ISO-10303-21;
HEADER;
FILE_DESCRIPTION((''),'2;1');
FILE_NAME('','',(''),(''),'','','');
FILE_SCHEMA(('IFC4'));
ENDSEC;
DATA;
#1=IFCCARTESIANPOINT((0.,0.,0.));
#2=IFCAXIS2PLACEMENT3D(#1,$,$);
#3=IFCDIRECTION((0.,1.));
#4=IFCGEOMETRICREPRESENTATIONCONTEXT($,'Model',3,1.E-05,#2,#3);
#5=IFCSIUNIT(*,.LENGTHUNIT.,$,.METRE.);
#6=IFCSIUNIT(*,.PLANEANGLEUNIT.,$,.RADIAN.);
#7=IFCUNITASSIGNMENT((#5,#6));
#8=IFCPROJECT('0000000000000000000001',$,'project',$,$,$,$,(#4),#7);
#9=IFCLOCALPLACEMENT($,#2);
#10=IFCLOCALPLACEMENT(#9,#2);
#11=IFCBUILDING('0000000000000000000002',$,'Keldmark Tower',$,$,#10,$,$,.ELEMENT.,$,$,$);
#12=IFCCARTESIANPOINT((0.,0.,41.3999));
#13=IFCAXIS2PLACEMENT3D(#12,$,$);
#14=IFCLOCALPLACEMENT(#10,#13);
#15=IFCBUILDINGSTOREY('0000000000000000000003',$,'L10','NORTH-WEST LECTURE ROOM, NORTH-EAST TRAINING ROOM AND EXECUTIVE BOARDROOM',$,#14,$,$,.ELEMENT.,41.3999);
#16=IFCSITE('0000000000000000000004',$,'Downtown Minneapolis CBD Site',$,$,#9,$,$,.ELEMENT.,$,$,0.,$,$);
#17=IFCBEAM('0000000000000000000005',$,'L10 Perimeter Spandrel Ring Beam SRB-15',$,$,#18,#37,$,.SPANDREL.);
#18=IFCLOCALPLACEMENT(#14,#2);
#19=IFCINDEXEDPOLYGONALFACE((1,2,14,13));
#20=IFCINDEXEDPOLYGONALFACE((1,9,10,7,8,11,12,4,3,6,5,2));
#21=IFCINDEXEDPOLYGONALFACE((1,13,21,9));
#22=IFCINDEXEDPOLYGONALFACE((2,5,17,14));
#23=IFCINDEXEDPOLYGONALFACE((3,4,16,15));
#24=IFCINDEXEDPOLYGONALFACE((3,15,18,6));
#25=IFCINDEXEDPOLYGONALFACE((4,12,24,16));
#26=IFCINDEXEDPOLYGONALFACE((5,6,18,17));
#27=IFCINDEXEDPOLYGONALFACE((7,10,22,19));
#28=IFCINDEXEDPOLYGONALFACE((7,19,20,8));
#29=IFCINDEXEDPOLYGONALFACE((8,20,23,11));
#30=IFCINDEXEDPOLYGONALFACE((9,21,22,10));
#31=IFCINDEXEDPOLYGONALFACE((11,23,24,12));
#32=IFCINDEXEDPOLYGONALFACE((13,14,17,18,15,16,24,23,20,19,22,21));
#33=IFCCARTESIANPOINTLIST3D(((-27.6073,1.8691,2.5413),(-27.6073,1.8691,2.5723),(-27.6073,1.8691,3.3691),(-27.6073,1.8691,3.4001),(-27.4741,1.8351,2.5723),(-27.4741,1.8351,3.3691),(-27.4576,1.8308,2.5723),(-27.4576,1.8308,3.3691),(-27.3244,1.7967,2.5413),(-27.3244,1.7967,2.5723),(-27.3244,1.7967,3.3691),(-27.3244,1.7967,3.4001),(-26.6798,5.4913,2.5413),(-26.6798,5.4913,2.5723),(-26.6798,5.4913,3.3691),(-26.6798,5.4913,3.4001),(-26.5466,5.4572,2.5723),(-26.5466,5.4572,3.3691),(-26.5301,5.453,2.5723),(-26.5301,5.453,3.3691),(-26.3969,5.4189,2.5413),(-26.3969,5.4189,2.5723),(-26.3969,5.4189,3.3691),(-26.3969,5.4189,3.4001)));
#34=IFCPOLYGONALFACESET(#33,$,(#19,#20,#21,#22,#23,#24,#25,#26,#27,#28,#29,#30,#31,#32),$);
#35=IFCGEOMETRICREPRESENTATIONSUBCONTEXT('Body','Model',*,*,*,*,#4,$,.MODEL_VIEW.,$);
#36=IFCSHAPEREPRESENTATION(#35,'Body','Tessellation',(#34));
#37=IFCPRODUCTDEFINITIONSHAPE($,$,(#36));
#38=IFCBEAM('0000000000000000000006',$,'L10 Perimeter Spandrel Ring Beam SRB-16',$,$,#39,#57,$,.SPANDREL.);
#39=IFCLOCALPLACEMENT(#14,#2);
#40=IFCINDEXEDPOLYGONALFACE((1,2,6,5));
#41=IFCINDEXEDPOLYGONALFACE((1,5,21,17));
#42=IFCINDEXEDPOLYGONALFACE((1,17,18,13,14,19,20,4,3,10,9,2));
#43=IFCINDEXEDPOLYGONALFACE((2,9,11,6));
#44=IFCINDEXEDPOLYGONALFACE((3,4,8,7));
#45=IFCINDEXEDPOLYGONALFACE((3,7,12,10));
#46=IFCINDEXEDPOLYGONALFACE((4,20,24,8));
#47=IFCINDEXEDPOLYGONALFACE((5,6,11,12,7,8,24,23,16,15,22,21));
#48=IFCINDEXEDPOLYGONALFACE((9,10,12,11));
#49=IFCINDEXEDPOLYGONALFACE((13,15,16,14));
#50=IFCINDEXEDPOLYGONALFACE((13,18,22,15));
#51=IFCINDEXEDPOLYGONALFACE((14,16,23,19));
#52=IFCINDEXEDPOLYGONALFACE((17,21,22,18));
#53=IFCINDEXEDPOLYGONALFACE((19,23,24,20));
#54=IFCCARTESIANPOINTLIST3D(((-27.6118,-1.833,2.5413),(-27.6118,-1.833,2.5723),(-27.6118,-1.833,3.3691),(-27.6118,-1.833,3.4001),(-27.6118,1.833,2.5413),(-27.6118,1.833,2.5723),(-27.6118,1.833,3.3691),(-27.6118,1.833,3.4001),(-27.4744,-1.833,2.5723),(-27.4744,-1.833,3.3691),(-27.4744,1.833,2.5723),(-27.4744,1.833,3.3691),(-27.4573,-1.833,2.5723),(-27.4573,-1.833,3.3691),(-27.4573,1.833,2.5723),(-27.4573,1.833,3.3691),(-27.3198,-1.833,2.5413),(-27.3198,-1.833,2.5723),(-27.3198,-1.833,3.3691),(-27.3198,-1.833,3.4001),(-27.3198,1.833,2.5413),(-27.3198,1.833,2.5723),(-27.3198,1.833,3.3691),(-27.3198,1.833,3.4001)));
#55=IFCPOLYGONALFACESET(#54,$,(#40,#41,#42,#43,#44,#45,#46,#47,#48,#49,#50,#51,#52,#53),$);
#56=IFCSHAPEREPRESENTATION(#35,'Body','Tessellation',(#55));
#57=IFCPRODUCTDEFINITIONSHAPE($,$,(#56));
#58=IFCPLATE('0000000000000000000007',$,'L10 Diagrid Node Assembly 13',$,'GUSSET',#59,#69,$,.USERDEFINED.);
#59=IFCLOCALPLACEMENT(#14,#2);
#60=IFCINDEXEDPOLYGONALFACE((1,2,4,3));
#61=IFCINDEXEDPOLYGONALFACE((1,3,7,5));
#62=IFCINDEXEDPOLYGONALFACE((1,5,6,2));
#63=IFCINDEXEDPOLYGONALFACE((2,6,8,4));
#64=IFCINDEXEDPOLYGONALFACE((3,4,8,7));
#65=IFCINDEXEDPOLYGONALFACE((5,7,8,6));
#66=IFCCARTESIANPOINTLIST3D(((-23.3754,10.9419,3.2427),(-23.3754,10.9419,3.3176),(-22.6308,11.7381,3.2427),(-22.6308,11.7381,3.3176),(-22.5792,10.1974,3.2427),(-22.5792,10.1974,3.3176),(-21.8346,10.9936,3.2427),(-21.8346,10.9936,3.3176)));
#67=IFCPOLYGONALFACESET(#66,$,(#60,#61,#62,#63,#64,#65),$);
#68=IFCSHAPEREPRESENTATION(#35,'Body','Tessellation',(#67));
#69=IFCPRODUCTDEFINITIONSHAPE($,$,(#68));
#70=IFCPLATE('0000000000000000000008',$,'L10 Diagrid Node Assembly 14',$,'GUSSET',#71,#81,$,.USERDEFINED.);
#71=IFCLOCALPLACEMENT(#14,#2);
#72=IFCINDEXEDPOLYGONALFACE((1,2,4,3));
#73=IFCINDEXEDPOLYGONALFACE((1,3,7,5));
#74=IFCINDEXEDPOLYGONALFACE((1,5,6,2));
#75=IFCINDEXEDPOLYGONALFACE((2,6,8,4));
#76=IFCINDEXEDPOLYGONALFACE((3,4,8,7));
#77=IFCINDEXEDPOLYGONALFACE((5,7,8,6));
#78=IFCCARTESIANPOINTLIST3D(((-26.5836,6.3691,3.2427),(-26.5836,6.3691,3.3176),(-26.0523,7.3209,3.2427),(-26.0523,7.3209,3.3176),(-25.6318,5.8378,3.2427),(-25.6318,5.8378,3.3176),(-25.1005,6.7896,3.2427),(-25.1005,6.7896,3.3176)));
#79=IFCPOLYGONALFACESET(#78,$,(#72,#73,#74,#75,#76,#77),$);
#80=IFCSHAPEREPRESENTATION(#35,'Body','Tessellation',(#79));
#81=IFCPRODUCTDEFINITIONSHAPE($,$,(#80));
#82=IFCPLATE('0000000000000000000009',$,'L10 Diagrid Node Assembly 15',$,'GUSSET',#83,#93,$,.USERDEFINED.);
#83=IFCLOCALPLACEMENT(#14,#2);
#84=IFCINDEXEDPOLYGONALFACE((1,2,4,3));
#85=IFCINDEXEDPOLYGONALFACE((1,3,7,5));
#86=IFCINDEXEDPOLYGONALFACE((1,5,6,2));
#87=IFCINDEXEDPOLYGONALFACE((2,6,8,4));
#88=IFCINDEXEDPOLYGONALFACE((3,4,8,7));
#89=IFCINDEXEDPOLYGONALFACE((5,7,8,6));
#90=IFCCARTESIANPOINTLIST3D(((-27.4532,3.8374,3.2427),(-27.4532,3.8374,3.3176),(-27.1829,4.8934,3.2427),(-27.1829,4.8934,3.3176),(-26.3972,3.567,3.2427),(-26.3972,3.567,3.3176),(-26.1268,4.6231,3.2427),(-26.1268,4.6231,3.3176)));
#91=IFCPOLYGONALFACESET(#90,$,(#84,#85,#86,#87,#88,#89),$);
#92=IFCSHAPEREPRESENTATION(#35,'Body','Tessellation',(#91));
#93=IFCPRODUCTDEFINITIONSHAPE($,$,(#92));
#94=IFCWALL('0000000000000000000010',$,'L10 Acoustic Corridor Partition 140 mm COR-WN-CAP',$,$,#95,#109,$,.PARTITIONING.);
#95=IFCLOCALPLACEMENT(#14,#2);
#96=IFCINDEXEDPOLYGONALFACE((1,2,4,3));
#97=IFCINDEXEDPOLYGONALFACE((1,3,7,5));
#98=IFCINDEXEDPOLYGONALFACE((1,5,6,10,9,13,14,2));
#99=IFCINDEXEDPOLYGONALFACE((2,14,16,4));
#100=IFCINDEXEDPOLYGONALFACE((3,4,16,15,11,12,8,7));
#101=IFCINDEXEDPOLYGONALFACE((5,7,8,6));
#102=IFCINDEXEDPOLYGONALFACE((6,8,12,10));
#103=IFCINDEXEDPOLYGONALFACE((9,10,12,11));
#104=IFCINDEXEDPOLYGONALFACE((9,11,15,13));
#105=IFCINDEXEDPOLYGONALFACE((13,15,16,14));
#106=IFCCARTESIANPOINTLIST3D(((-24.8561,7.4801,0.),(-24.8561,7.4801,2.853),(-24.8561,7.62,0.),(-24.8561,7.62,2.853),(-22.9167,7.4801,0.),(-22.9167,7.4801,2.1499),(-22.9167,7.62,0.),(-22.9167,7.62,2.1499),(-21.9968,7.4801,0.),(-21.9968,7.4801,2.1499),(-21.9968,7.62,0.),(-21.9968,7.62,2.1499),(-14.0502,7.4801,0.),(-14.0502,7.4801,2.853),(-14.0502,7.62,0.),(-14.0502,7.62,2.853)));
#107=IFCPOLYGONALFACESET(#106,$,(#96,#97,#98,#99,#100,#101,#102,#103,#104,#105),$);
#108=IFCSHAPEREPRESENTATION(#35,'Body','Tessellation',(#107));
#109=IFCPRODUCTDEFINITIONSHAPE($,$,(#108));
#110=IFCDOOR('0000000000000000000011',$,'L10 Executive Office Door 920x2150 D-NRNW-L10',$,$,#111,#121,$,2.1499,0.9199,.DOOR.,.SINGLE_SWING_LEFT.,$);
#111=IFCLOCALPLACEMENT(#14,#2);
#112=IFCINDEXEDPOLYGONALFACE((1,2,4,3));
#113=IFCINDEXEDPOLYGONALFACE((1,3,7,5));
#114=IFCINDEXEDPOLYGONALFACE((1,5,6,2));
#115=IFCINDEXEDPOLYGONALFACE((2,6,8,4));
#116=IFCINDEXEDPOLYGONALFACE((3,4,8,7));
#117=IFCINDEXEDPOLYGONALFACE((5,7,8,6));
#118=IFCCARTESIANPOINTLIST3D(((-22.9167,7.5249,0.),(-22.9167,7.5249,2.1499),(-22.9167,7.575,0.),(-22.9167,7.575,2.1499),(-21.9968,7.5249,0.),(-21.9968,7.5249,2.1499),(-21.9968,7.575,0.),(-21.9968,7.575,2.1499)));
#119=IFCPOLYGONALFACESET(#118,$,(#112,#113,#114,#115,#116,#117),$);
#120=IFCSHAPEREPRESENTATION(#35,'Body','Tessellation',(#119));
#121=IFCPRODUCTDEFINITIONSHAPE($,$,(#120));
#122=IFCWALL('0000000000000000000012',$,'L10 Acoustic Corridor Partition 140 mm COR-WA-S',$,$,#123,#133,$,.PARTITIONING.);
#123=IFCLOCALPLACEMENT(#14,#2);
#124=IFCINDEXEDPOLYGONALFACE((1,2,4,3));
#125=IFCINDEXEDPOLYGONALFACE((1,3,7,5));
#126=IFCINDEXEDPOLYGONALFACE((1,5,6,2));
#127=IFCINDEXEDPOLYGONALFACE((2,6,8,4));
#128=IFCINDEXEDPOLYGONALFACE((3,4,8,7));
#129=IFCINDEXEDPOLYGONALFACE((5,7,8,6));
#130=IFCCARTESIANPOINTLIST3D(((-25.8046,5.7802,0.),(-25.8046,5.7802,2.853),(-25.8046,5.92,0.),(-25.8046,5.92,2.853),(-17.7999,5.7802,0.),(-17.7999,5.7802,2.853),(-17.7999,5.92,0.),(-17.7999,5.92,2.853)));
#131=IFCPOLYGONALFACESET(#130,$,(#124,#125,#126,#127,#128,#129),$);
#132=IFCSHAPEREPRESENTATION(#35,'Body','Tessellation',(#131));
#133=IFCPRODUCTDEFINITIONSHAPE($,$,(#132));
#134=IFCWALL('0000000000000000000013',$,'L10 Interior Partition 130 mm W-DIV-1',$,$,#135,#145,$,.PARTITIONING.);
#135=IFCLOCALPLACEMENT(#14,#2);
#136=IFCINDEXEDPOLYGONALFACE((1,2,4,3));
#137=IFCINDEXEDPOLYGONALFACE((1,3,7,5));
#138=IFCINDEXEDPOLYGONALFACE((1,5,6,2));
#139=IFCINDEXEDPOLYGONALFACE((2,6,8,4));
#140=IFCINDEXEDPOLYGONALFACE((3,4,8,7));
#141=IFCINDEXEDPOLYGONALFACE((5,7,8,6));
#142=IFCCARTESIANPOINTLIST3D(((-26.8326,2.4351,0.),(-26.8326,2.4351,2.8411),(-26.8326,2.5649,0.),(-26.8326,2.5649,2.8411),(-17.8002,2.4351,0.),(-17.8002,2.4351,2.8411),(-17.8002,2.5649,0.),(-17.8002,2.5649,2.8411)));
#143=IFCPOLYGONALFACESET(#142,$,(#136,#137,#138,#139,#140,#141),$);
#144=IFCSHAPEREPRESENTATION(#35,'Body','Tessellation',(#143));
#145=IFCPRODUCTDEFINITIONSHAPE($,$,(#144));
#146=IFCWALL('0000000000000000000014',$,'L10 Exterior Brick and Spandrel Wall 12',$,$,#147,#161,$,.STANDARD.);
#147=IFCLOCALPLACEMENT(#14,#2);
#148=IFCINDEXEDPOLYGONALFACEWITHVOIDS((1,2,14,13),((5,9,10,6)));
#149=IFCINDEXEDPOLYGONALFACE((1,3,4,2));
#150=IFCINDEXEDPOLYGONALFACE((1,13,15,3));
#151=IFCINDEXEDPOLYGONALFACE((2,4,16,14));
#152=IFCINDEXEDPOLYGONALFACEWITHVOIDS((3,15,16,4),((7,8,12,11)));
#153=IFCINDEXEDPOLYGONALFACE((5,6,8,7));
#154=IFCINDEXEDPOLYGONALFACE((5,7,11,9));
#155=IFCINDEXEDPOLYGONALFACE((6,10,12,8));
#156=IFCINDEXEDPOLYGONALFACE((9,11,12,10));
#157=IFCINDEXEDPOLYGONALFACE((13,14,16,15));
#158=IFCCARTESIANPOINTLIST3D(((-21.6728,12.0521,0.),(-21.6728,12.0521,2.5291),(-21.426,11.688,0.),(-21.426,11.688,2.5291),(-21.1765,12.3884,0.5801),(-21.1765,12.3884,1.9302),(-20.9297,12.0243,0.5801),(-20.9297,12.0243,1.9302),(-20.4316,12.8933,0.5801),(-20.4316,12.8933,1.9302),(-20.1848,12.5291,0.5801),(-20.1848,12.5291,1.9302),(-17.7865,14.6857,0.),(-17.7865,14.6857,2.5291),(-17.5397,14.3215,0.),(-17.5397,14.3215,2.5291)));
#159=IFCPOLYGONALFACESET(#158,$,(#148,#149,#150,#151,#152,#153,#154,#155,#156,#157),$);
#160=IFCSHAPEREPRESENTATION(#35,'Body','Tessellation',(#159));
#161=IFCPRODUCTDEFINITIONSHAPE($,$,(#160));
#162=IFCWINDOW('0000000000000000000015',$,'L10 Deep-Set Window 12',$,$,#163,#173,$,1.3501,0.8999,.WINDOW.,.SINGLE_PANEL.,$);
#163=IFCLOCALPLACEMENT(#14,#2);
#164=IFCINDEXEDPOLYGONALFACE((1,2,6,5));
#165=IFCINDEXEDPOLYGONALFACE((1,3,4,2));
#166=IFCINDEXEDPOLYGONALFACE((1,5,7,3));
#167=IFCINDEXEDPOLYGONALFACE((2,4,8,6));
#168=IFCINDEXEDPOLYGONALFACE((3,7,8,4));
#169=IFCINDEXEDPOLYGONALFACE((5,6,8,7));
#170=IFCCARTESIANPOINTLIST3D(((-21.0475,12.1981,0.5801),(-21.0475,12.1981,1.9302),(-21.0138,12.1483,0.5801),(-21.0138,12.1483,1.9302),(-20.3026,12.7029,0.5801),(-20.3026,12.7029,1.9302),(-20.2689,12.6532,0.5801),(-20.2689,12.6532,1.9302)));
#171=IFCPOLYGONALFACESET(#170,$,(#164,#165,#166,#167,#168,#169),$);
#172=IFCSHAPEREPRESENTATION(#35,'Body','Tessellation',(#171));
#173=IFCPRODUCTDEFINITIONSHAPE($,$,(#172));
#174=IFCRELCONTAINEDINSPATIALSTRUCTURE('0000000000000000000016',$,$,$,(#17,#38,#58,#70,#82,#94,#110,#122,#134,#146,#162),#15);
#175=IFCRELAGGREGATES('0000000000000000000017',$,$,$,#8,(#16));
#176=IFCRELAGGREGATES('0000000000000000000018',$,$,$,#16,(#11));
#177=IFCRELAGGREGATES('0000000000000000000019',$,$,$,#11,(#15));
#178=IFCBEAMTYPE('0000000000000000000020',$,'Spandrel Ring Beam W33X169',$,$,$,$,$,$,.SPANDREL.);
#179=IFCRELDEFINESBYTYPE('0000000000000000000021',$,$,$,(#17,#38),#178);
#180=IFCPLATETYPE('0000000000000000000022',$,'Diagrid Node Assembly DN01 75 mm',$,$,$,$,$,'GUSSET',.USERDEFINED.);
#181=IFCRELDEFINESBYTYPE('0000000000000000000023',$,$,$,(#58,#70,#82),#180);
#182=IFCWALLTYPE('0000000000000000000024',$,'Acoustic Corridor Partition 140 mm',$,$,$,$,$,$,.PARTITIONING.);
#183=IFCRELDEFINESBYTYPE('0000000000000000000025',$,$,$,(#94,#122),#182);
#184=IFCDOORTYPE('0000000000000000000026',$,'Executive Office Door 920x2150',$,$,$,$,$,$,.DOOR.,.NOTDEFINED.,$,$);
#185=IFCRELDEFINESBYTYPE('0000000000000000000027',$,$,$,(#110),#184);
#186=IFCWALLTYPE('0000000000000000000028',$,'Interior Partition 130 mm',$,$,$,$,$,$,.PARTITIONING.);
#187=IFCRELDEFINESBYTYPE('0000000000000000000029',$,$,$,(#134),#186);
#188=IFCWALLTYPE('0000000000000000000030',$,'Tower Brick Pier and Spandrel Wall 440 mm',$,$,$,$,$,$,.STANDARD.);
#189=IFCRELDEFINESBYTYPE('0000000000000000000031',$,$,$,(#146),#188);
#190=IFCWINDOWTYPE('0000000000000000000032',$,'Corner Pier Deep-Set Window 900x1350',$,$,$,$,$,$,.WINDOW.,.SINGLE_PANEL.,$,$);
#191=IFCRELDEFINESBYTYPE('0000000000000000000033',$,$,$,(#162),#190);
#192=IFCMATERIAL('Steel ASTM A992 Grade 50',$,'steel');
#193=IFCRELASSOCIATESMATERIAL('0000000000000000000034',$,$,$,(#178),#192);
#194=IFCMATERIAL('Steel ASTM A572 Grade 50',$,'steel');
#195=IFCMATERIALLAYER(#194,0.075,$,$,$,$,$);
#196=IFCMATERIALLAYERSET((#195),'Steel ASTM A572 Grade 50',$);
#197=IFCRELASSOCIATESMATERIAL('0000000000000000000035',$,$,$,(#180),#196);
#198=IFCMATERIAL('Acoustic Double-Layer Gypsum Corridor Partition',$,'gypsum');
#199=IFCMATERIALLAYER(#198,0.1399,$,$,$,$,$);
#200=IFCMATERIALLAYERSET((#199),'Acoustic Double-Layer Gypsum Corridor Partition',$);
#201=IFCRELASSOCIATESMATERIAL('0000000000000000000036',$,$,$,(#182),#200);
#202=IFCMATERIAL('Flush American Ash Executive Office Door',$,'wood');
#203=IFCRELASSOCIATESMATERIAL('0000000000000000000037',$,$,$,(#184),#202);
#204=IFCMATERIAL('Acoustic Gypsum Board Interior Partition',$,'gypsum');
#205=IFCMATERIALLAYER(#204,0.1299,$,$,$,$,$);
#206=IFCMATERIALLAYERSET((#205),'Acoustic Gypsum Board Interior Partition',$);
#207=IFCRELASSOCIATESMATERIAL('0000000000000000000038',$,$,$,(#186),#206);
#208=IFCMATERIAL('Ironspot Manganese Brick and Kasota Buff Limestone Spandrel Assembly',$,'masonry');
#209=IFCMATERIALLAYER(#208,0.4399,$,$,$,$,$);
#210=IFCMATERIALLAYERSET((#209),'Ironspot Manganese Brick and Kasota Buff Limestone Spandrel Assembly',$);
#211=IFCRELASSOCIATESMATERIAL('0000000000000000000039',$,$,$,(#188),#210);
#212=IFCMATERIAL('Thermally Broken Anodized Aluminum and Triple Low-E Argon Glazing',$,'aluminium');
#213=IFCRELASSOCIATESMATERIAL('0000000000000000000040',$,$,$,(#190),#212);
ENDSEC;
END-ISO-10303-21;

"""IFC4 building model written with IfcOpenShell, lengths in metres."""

from ifc_helpers import new_model, si_unit, direction, frame, frame_2d, origin, origin_2d, place, context, subcontext, project, spatial, rectangle, i_section, extrude, material, layer, layer_set, material_profile, profile_set, type_object, element, fill, save


model = new_model("IFC4")

# Units and contexts
model_context = context("Model", 3, precision=1e-05, world=origin(), true_north=direction((0.0, 1.0)))
body_context = subcontext(model_context, "Body", "Model", "MODEL_VIEW")
ifc_project = project(units=[si_unit("LENGTHUNIT", "METRE"), si_unit("PLANEANGLEUNIT", "RADIAN")], contexts=[model_context])

# Site, building, storey
site_placement = place(None, origin())
site = spatial("IfcSite", under=ifc_project, at=site_placement, Name="Downtown Minneapolis CBD Site", CompositionType="ELEMENT", RefElevation=0.0)
building_placement = place(site_placement, origin())
building = spatial("IfcBuilding", under=site, at=building_placement, Name="Keldmark Tower", CompositionType="ELEMENT")
storey_placement = place(building_placement, frame((0.0, 0.0, 41.3999)))
storey = spatial("IfcBuildingStorey", under=building, at=storey_placement, Name="L10", Description="NORTH-WEST LECTURE ROOM, NORTH-EAST TRAINING ROOM AND EXECUTIVE BOARDROOM", CompositionType="ELEMENT", Elevation=41.3999)

# Beams
ifc_material_1 = material(Name="Steel ASTM A992 Grade 50", Category="steel")
ifc_material_profile_1 = material_profile(ifc_material_1, i_section(OverallWidth=0.292, OverallDepth=0.8589, WebThickness=0.0171, FlangeThickness=0.031, at=origin_2d()), Name="W33X169")
ifc_profile_set_1 = profile_set([ifc_material_profile_1], Name="Steel ASTM A992 Grade 50")
beam_type_1 = type_object("IfcBeamType", Name="Spandrel Ring Beam W33X169", PredefinedType="SPANDREL", material=ifc_profile_set_1)
beam_1_placement = place(storey_placement, frame((-26.5383, 5.4551, 2.9707), z_axis=(-0.248063, -0.968744, 0.0), x_axis=(0.968744, -0.248063, 0.0)))
element("IfcBeam", 1, at=beam_1_placement, inside=storey, type_object=beam_type_1, Name="L10 Perimeter Spandrel Ring Beam SRB-15", PredefinedType="SPANDREL", context=body_context, shape_type="SweptSolid", body=[
    extrude(i_section(OverallWidth=0.292, OverallDepth=0.8589, WebThickness=0.0171, FlangeThickness=0.031, at=origin_2d()), origin(), (0.0, 0.0, 1.0), 3.739),
])
beam_2_placement = place(storey_placement, frame((-27.4658, 1.833, 2.9707), z_axis=(0.0, -1.0, 0.0), x_axis=(1.0, 0.0, 0.0)))
element("IfcBeam", 2, at=beam_2_placement, inside=storey, type_object=beam_type_1, Name="L10 Perimeter Spandrel Ring Beam SRB-16", PredefinedType="SPANDREL", context=body_context, shape_type="SweptSolid", body=[
    extrude(i_section(OverallWidth=0.292, OverallDepth=0.8589, WebThickness=0.0171, FlangeThickness=0.031, at=origin_2d()), origin(), (0.0, 0.0, 1.0), 3.666),
])

# Plates
ifc_material_2 = material(Name="Steel ASTM A572 Grade 50", Category="steel")
ifc_layer_1 = layer(ifc_material_2, 0.075)
ifc_layer_set_1 = layer_set([ifc_layer_1], Name="Steel ASTM A572 Grade 50")
plate_type = type_object("IfcPlateType", Name="Diagrid Node Assembly DN01 75 mm", ElementType="GUSSET", PredefinedType="USERDEFINED", material=ifc_layer_set_1)
for number, where, z_axis, x_axis, name in (
    (3, (-22.605, 10.9678, 3.2427), (0.0, 0.0, 1.0), (-0.683019, -0.730401, 0.0), "L10 Diagrid Node Assembly 13"),
    (4, (-25.842, 6.5793, 3.2427), (0.0, 0.0, 1.0), (-0.487403, -0.873177, 0.0), "L10 Diagrid Node Assembly 14"),
    (5, (-26.79, 4.2302, 3.2427), (0.0, 0.0, 1.0), (-0.248014, -0.968757, 0.0), "L10 Diagrid Node Assembly 15"),
):
    element("IfcPlate", number, at=place(storey_placement, frame(where, z_axis=z_axis, x_axis=x_axis)), inside=storey, type_object=plate_type, Name=name, ObjectType="GUSSET", PredefinedType="USERDEFINED", context=body_context, shape_type="SweptSolid", body=[
        extrude(rectangle(XDim=1.0901, YDim=1.0901, at=origin_2d()), origin(), (0.0, 0.0, 1.0), 0.075),
    ])

# Wall, opening, door
ifc_material_3 = material(Name="Acoustic Double-Layer Gypsum Corridor Partition", Category="gypsum")
ifc_layer_2 = layer(ifc_material_3, 0.1399)
ifc_layer_set_2 = layer_set([ifc_layer_2], Name="Acoustic Double-Layer Gypsum Corridor Partition")
wall_type_1 = type_object("IfcWallType", Name="Acoustic Corridor Partition 140 mm", PredefinedType="PARTITIONING", material=ifc_layer_set_2)
wall_1_placement = place(storey_placement, frame((-24.856, 7.55, 0.0), z_axis=(0.0, 0.0, 1.0), x_axis=(1.0, 0.0, 0.0)))
wall_1 = element("IfcWall", 6, at=wall_1_placement, inside=storey, type_object=wall_type_1, Name="L10 Acoustic Corridor Partition 140 mm COR-WN-CAP", PredefinedType="PARTITIONING", context=body_context, shape_type="SweptSolid", body=[
    extrude(rectangle(XDim=10.8059, YDim=0.1399, at=frame_2d((5.4028, 0.0))), origin(), (0.0, 0.0, 1.0), 2.853),
])
opening_1_placement = place(wall_1_placement, frame((1.9392, 0.0, 0.0)))
opening_1 = element("IfcOpeningElement", 7, at=opening_1_placement, cuts=wall_1, PredefinedType="OPENING", context=body_context, shape_type="SweptSolid", body=[
    extrude(rectangle(XDim=0.9199, YDim=2.1499, at=frame_2d((0.46, 1.075))), frame((0.0, 0.0798, 0.0), z_axis=(0.0, -1.0, 0.0), x_axis=(1.0, 0.0, 0.0)), (0.0, 0.0, 1.0), 0.1599),
])
ifc_material_4 = material(Name="Flush American Ash Executive Office Door", Category="wood")
door_type = type_object("IfcDoorType", Name="Executive Office Door 920x2150", OperationType="NOTDEFINED", PredefinedType="DOOR", material=ifc_material_4)
door_placement = place(opening_1_placement, origin())
door = element("IfcDoor", 8, at=door_placement, inside=storey, type_object=door_type, Name="L10 Executive Office Door 920x2150 D-NRNW-L10", OperationType="SINGLE_SWING_LEFT", OverallHeight=2.1499, OverallWidth=0.9199, PredefinedType="DOOR", context=body_context, shape_type="SweptSolid", body=[
    extrude(rectangle(XDim=0.9199, YDim=2.1499, at=frame_2d((0.46, 1.075))), frame((0.0, 0.0249, 0.0), z_axis=(0.0, -1.0, 0.0), x_axis=(1.0, 0.0, 0.0)), (0.0, 0.0, 1.0), 0.05),
])
fill(opening_1, door)

# Walls
wall_2_placement = place(storey_placement, frame((-25.8047, 5.8501, 0.0), z_axis=(0.0, 0.0, 1.0), x_axis=(1.0, 0.0, 0.0)))
element("IfcWall", 9, at=wall_2_placement, inside=storey, type_object=wall_type_1, Name="L10 Acoustic Corridor Partition 140 mm COR-WA-S", PredefinedType="PARTITIONING", context=body_context, shape_type="SweptSolid", body=[
    extrude(rectangle(XDim=8.0046, YDim=0.1399, at=frame_2d((4.0024, 0.0))), origin(), (0.0, 0.0, 1.0), 2.853),
])
ifc_material_5 = material(Name="Acoustic Gypsum Board Interior Partition", Category="gypsum")
ifc_layer_3 = layer(ifc_material_5, 0.1299)
ifc_layer_set_3 = layer_set([ifc_layer_3], Name="Acoustic Gypsum Board Interior Partition")
wall_type_2 = type_object("IfcWallType", Name="Interior Partition 130 mm", PredefinedType="PARTITIONING", material=ifc_layer_set_3)
wall_3_placement = place(storey_placement, frame((-26.8325, 2.5, 0.0), z_axis=(0.0, 0.0, 1.0), x_axis=(1.0, 0.0, 0.0)))
element("IfcWall", 10, at=wall_3_placement, inside=storey, type_object=wall_type_2, Name="L10 Interior Partition 130 mm W-DIV-1", PredefinedType="PARTITIONING", context=body_context, shape_type="SweptSolid", body=[
    extrude(rectangle(XDim=9.0325, YDim=0.1299, at=frame_2d((4.5161, 0.0))), origin(), (0.0, 0.0, 1.0), 2.8411),
])

# Wall, opening, window
ifc_material_6 = material(Name="Ironspot Manganese Brick and Kasota Buff Limestone Spandrel Assembly", Category="masonry")
ifc_layer_4 = layer(ifc_material_6, 0.4399)
ifc_layer_set_4 = layer_set([ifc_layer_4], Name="Ironspot Manganese Brick and Kasota Buff Limestone Spandrel Assembly")
wall_type_3 = type_object("IfcWallType", Name="Tower Brick Pier and Spandrel Wall 440 mm", PredefinedType="STANDARD", material=ifc_layer_set_4)
wall_4_placement = place(storey_placement, frame((-21.5493, 11.8701, 0.0), z_axis=(0.0, 0.0, 1.0), x_axis=(0.827826, 0.560985, 0.0)))
wall_4 = element("IfcWall", 11, at=wall_4_placement, inside=storey, type_object=wall_type_3, Name="L10 Exterior Brick and Spandrel Wall 12", PredefinedType="STANDARD", context=body_context, shape_type="SweptSolid", body=[
    extrude(rectangle(XDim=4.6946, YDim=0.4399, at=frame_2d((2.3472, 0.0))), origin(), (0.0, 0.0, 1.0), 2.5291),
])
opening_2_placement = place(wall_4_placement, frame((0.5994, 0.0, 0.5801)))
opening_2 = element("IfcOpeningElement", 12, at=opening_2_placement, cuts=wall_4, PredefinedType="OPENING", context=body_context, shape_type="SweptSolid", body=[
    extrude(rectangle(XDim=0.8999, YDim=1.3501, at=frame_2d((0.45, 0.675))), frame((0.0, 0.23, 0.0), z_axis=(0.0, -1.0, 0.0), x_axis=(1.0, 0.0, 0.0)), (0.0, 0.0, 1.0), 0.46),
])
ifc_material_7 = material(Name="Thermally Broken Anodized Aluminum and Triple Low-E Argon Glazing", Category="aluminium")
window_type = type_object("IfcWindowType", Name="Corner Pier Deep-Set Window 900x1350", PartitioningType="SINGLE_PANEL", PredefinedType="WINDOW", material=ifc_material_7)
window_1_placement = place(opening_2_placement, origin())
window_1 = element("IfcWindow", 13, at=window_1_placement, inside=storey, type_object=window_type, Name="L10 Deep-Set Window 12", OverallHeight=1.3501, OverallWidth=0.8999, PartitioningType="SINGLE_PANEL", PredefinedType="WINDOW", context=body_context, shape_type="SweptSolid", body=[
    extrude(rectangle(XDim=0.8999, YDim=1.3501, at=frame_2d((0.45, 0.675))), frame((0.0, -0.01, 0.0), z_axis=(0.0, -1.0, 0.0), x_axis=(1.0, 0.0, 0.0)), (0.0, 0.0, 1.0), 0.0601),
])
fill(opening_2, window_1)

save(model, "model.ifc")
